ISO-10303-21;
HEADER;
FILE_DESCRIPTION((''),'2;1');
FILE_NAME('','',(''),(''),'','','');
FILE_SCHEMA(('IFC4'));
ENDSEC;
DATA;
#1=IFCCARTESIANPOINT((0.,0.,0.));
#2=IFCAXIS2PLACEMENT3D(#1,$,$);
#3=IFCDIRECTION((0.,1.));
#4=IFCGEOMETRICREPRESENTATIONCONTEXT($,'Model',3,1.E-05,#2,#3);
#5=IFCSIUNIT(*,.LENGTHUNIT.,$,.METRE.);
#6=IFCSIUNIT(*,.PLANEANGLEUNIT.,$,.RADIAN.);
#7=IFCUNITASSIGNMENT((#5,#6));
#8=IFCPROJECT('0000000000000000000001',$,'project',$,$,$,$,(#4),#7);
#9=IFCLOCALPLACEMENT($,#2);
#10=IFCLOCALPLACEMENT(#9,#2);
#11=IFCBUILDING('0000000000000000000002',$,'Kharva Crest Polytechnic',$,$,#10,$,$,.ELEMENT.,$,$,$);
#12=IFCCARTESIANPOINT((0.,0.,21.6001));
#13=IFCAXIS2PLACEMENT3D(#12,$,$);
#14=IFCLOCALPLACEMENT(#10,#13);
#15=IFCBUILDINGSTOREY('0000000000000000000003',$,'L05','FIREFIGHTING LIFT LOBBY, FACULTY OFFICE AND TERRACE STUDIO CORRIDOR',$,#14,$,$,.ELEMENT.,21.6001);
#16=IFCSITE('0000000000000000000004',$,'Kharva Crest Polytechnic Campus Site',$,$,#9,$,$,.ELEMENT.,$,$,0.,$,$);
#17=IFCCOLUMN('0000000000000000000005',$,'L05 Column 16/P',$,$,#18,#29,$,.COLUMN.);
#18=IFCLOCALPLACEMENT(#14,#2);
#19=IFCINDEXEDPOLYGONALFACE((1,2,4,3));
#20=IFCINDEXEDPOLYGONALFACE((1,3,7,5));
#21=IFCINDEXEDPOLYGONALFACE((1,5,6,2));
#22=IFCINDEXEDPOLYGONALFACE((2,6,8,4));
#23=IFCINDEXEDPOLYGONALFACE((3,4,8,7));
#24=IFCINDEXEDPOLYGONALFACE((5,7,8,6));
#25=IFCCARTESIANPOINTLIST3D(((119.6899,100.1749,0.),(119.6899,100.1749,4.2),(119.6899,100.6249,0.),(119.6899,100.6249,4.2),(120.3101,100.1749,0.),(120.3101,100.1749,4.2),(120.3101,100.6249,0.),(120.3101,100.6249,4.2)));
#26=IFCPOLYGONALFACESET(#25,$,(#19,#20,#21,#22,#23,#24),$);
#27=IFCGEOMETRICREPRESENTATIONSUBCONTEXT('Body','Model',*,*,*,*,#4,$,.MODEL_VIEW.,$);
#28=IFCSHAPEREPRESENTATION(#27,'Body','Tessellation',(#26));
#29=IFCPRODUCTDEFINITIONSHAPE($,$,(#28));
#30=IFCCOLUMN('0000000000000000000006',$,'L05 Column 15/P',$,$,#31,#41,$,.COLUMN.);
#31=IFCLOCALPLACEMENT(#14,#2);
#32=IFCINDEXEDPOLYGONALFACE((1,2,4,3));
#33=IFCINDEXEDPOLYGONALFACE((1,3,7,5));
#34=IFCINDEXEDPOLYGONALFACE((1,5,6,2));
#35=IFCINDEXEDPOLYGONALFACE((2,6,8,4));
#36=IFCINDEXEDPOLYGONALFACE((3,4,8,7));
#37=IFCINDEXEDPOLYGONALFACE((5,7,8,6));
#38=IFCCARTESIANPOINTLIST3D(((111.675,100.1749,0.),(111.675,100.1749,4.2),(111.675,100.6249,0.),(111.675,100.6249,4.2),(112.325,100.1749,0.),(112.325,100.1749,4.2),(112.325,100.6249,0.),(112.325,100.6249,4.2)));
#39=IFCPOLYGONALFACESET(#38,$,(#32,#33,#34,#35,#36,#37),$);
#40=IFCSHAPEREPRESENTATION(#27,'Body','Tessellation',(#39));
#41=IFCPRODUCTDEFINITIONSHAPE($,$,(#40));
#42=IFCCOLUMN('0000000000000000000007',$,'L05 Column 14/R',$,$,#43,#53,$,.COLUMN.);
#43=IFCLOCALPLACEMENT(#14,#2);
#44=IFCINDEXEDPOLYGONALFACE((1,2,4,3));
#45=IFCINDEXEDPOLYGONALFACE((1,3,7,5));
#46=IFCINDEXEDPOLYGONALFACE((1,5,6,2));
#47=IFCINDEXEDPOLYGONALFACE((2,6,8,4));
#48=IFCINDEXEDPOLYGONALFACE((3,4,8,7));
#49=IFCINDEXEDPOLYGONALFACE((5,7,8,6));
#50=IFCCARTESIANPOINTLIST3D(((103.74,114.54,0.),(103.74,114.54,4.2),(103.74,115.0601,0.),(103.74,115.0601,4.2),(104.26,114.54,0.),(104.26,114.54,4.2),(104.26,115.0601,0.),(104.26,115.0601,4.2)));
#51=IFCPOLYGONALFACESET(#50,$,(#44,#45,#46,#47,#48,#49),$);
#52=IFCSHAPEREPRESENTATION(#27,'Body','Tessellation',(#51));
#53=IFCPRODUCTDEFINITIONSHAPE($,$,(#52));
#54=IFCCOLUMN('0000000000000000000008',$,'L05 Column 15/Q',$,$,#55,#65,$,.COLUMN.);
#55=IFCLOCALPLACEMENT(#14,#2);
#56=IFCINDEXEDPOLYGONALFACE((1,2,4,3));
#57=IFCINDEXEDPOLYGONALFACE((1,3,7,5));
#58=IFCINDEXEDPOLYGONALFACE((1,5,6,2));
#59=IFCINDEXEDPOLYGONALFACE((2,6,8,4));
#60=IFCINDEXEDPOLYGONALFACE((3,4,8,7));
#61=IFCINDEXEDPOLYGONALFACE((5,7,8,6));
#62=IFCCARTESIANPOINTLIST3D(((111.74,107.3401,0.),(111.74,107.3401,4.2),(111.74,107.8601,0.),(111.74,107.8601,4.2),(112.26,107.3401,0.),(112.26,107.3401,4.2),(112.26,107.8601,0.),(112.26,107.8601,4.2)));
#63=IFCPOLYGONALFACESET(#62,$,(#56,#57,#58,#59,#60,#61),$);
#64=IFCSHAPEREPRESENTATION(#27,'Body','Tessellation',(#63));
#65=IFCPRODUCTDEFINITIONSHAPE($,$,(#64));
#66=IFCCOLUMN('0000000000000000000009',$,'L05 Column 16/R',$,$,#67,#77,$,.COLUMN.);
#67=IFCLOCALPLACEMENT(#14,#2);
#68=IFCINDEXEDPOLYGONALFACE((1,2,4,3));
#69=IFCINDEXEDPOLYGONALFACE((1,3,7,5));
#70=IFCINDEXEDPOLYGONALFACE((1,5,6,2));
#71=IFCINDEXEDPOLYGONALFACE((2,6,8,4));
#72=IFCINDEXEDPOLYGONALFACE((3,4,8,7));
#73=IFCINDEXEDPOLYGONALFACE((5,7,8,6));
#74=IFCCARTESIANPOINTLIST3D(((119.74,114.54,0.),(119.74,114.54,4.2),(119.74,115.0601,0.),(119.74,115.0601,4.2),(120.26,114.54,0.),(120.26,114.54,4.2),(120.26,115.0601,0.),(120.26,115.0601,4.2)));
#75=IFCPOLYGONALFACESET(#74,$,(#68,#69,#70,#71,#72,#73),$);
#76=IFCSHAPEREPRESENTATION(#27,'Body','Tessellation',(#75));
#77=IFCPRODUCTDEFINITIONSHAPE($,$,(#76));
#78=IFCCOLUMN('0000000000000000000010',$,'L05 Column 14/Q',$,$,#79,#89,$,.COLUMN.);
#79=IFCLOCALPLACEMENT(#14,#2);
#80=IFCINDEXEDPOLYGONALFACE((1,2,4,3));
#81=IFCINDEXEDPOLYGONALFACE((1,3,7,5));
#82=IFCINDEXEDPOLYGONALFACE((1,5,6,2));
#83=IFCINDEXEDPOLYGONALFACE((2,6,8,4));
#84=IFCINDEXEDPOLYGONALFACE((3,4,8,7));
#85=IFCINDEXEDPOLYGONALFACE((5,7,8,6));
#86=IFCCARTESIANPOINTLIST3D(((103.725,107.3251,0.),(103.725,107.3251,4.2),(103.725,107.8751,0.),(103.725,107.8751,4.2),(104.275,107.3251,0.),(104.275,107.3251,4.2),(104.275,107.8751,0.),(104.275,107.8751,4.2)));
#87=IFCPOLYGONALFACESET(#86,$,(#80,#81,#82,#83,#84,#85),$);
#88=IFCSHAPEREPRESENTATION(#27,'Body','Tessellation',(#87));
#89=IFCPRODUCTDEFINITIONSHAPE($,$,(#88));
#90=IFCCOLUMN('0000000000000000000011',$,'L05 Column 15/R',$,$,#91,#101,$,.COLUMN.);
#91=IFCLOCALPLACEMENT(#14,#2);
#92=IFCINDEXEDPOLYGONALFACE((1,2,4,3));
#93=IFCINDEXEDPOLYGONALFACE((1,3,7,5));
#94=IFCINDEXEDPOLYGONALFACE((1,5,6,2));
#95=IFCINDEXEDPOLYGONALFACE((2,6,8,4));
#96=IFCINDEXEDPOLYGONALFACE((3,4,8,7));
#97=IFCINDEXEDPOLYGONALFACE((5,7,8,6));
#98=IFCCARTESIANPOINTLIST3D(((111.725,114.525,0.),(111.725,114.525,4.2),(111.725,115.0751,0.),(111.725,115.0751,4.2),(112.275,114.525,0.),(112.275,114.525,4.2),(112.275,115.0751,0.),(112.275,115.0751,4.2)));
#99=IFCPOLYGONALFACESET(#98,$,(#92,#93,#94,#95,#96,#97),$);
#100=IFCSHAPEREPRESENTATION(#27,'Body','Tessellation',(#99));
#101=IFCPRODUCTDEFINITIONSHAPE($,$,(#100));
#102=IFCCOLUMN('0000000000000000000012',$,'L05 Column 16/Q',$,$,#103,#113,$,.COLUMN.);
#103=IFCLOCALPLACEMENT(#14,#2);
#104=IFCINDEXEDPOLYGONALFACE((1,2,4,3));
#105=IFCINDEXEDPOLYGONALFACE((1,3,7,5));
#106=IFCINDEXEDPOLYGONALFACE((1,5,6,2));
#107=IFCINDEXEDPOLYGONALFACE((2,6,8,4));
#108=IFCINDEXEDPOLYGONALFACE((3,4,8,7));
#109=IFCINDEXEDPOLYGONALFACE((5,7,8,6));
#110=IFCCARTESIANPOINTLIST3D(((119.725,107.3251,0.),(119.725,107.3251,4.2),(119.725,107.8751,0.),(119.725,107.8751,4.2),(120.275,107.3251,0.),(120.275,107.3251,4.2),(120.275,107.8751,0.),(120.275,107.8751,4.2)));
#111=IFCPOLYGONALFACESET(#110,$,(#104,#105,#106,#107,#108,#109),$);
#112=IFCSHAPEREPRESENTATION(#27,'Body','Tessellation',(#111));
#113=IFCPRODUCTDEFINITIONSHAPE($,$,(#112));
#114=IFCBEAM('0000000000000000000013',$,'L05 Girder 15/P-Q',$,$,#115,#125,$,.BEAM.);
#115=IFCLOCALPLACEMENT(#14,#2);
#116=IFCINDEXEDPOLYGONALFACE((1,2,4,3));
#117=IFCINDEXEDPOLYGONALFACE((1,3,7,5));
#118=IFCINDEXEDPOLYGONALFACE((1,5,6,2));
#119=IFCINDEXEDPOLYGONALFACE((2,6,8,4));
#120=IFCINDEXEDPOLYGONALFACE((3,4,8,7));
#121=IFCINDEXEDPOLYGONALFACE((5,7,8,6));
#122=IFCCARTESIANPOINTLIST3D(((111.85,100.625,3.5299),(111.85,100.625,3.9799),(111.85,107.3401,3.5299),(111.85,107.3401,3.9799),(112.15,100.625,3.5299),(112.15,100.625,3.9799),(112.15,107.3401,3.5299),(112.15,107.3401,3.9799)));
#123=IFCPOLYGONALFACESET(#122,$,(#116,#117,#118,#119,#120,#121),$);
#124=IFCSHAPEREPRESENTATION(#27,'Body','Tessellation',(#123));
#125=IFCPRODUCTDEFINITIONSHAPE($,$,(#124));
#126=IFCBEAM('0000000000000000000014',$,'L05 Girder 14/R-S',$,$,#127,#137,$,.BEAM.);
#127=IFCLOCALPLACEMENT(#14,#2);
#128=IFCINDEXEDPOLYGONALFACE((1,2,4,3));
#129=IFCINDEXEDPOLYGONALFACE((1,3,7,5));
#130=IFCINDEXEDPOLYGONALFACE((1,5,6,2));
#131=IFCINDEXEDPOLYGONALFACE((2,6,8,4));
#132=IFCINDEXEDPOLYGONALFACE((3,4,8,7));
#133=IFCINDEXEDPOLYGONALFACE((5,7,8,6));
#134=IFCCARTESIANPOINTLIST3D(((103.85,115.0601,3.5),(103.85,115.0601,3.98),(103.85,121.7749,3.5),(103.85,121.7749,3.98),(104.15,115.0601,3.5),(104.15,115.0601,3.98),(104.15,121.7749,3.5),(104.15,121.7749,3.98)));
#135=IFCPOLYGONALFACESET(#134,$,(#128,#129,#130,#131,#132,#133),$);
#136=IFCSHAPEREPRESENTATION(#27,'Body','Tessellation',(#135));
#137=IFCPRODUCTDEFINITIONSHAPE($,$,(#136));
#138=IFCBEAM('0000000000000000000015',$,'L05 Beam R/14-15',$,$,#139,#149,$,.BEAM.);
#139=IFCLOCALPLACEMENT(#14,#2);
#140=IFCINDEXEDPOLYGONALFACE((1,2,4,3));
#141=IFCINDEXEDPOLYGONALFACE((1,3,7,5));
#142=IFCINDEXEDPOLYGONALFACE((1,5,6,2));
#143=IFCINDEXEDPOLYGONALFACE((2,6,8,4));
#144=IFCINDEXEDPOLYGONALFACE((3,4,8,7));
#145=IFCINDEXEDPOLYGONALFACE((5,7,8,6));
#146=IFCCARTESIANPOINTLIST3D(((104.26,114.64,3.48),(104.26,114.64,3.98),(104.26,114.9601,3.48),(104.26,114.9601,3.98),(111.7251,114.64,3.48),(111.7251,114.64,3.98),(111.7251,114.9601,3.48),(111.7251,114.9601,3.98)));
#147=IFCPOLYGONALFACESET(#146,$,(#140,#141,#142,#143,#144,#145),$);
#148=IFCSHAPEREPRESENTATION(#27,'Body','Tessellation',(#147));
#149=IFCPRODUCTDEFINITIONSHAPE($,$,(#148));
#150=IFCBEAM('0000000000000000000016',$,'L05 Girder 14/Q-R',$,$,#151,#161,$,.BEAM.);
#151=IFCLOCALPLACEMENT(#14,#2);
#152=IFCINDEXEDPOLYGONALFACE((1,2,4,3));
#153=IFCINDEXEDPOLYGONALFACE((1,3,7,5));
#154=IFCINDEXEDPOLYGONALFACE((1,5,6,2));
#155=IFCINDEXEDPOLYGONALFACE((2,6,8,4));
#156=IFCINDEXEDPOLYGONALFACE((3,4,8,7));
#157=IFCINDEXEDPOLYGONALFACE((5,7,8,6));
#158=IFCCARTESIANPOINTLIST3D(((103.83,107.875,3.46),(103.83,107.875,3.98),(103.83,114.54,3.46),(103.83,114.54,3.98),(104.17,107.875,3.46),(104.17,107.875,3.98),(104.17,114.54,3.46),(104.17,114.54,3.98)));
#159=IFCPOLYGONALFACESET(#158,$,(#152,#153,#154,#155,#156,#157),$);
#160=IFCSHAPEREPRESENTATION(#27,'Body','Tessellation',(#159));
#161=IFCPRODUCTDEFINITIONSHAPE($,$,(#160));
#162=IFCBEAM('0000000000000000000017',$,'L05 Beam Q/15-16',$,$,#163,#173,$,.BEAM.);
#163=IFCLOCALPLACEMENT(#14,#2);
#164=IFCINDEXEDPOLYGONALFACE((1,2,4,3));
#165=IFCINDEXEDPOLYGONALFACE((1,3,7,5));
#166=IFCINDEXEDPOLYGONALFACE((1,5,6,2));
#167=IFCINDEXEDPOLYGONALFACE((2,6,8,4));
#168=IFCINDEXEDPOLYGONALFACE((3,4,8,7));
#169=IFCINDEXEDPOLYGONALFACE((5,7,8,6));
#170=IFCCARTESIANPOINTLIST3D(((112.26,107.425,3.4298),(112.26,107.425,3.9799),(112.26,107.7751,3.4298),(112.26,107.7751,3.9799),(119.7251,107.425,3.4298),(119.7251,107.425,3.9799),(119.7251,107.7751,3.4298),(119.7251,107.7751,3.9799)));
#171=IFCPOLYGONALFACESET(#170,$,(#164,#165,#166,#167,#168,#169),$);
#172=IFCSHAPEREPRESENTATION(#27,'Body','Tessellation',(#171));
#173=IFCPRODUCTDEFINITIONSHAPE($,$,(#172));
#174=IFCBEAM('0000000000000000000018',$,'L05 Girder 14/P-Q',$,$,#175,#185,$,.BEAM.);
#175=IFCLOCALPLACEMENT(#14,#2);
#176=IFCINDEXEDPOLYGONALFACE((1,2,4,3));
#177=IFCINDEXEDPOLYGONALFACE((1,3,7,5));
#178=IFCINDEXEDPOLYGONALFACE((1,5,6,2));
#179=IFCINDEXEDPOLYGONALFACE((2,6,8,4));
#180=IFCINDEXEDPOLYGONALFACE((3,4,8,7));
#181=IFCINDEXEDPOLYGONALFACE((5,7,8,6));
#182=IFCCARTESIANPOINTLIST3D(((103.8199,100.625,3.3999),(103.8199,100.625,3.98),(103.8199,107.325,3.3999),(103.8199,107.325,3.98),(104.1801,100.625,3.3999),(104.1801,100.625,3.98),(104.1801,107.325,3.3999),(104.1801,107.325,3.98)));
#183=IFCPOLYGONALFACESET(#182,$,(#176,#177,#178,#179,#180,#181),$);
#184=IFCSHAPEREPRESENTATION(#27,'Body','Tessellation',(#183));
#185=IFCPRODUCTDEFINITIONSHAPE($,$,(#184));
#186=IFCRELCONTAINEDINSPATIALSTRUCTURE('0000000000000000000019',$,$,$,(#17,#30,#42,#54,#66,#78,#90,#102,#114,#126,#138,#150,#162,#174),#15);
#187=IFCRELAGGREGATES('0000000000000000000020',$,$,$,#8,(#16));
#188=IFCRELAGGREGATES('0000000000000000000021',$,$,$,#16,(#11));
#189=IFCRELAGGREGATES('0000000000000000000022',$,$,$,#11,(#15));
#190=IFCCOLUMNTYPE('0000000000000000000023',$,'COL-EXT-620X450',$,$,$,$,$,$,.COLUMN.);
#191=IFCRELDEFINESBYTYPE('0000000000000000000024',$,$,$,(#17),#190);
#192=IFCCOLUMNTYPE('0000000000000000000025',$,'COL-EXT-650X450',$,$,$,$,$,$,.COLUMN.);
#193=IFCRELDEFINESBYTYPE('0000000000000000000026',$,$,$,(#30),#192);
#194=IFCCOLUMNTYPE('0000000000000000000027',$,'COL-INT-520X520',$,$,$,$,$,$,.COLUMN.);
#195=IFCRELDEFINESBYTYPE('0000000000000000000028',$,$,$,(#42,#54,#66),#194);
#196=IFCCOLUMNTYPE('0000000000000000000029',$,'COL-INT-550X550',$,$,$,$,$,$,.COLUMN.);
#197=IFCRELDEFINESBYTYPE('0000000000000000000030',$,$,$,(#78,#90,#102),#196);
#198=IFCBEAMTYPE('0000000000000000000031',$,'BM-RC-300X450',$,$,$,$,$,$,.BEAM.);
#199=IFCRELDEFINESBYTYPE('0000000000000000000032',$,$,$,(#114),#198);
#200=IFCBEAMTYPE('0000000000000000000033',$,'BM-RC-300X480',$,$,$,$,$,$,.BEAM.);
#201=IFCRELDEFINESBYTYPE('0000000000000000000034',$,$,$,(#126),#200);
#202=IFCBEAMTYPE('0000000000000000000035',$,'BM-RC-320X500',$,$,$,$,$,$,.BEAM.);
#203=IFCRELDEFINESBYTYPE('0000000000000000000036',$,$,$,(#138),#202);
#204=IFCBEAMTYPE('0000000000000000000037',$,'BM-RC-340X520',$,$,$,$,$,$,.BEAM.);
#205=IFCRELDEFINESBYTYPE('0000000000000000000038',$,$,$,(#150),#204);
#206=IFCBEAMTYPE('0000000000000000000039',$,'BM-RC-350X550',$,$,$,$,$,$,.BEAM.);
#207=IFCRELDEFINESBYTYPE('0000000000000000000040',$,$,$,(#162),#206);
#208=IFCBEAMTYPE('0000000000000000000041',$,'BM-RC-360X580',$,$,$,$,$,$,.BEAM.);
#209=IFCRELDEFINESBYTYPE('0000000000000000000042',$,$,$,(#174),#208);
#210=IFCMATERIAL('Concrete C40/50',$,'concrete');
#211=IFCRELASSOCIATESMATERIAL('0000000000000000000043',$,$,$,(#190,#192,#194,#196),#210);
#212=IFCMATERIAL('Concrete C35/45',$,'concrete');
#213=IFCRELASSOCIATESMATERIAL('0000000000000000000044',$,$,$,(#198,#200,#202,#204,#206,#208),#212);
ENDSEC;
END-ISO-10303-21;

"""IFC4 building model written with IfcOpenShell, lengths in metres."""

from ifc_helpers import new_model, si_unit, direction, frame, origin, origin_2d, place, context, subcontext, project, spatial, rectangle, extrude, material, material_profile, profile_set, type_object, element, save


model = new_model("IFC4")

# Units and contexts
model_context = context("Model", 3, precision=1e-05, world=origin(), true_north=direction((0.0, 1.0)))
body_context = subcontext(model_context, "Body", "Model", "MODEL_VIEW")
ifc_project = project(units=[si_unit("LENGTHUNIT", "METRE"), si_unit("PLANEANGLEUNIT", "RADIAN")], contexts=[model_context])

# Site, building, storey
site_placement = place(None, origin())
site = spatial("IfcSite", under=ifc_project, at=site_placement, Name="Kharva Crest Polytechnic Campus Site", CompositionType="ELEMENT", RefElevation=0.0)
building_placement = place(site_placement, origin())
building = spatial("IfcBuilding", under=site, at=building_placement, Name="Kharva Crest Polytechnic", CompositionType="ELEMENT")
storey_placement = place(building_placement, frame((0.0, 0.0, 21.6001)))
storey = spatial("IfcBuildingStorey", under=building, at=storey_placement, Name="L05", Description="FIREFIGHTING LIFT LOBBY, FACULTY OFFICE AND TERRACE STUDIO CORRIDOR", CompositionType="ELEMENT", Elevation=21.6001)

# Columns
ifc_material_1 = material(Name="Concrete C40/50", Category="concrete")
ifc_material_profile_1 = material_profile(ifc_material_1, rectangle(XDim=0.6201, YDim=0.45, at=origin_2d()), Name="RECT 620 X 450")
ifc_profile_set_1 = profile_set([ifc_material_profile_1], Name="Concrete C40/50")
column_type_1 = type_object("IfcColumnType", Name="COL-EXT-620X450", PredefinedType="COLUMN", material=ifc_profile_set_1)
column_1_placement = place(storey_placement, frame((120.0, 100.3999, 0.0), z_axis=(0.0, 0.0, 1.0), x_axis=(1.0, 0.0, 0.0)))
element("IfcColumn", 1, at=column_1_placement, inside=storey, type_object=column_type_1, Name="L05 Column 16/P", PredefinedType="COLUMN", context=body_context, shape_type="SweptSolid", body=[
    extrude(rectangle(XDim=0.6201, YDim=0.45, at=origin_2d()), origin(), (0.0, 0.0, 1.0), 4.2),
])
ifc_material_profile_2 = material_profile(ifc_material_1, rectangle(XDim=0.6499, YDim=0.45, at=origin_2d()), Name="RECT 650 X 450")
ifc_profile_set_2 = profile_set([ifc_material_profile_2], Name="Concrete C40/50")
column_type_2 = type_object("IfcColumnType", Name="COL-EXT-650X450", PredefinedType="COLUMN", material=ifc_profile_set_2)
column_2_placement = place(storey_placement, frame((112.0, 100.3999, 0.0), z_axis=(0.0, 0.0, 1.0), x_axis=(1.0, 0.0, 0.0)))
element("IfcColumn", 2, at=column_2_placement, inside=storey, type_object=column_type_2, Name="L05 Column 15/P", PredefinedType="COLUMN", context=body_context, shape_type="SweptSolid", body=[
    extrude(rectangle(XDim=0.6499, YDim=0.45, at=origin_2d()), origin(), (0.0, 0.0, 1.0), 4.2),
])
ifc_material_profile_3 = material_profile(ifc_material_1, rectangle(XDim=0.52, YDim=0.52, at=origin_2d()), Name="RECT 520 X 520")
ifc_profile_set_3 = profile_set([ifc_material_profile_3], Name="Concrete C40/50")
column_type_3 = type_object("IfcColumnType", Name="COL-INT-520X520", PredefinedType="COLUMN", material=ifc_profile_set_3)
for number, where, z_axis, x_axis, name in (
    (3, (104.0, 114.8, 0.0), (0.0, 0.0, 1.0), (1.0, 0.0, 0.0), "L05 Column 14/R"),
    (4, (112.0, 107.6001, 0.0), (0.0, 0.0, 1.0), (1.0, 0.0, 0.0), "L05 Column 15/Q"),
    (5, (120.0, 114.8, 0.0), (0.0, 0.0, 1.0), (1.0, 0.0, 0.0), "L05 Column 16/R"),
):
    element("IfcColumn", number, at=place(storey_placement, frame(where, z_axis=z_axis, x_axis=x_axis)), inside=storey, type_object=column_type_3, Name=name, PredefinedType="COLUMN", context=body_context, shape_type="SweptSolid", body=[
        extrude(rectangle(XDim=0.52, YDim=0.52, at=origin_2d()), origin(), (0.0, 0.0, 1.0), 4.2),
    ])
ifc_material_profile_4 = material_profile(ifc_material_1, rectangle(XDim=0.55, YDim=0.55, at=origin_2d()), Name="RECT 550 X 550")
ifc_profile_set_4 = profile_set([ifc_material_profile_4], Name="Concrete C40/50")
column_type_4 = type_object("IfcColumnType", Name="COL-INT-550X550", PredefinedType="COLUMN", material=ifc_profile_set_4)
for number, where, z_axis, x_axis, name in (
    (6, (104.0, 107.6001, 0.0), (0.0, 0.0, 1.0), (1.0, 0.0, 0.0), "L05 Column 14/Q"),
    (7, (112.0, 114.8, 0.0), (0.0, 0.0, 1.0), (1.0, 0.0, 0.0), "L05 Column 15/R"),
    (8, (120.0, 107.6001, 0.0), (0.0, 0.0, 1.0), (1.0, 0.0, 0.0), "L05 Column 16/Q"),
):
    element("IfcColumn", number, at=place(storey_placement, frame(where, z_axis=z_axis, x_axis=x_axis)), inside=storey, type_object=column_type_4, Name=name, PredefinedType="COLUMN", context=body_context, shape_type="SweptSolid", body=[
        extrude(rectangle(XDim=0.55, YDim=0.55, at=origin_2d()), origin(), (0.0, 0.0, 1.0), 4.2),
    ])

# Beams
ifc_material_2 = material(Name="Concrete C35/45", Category="concrete")
ifc_material_profile_5 = material_profile(ifc_material_2, rectangle(XDim=0.3, YDim=0.45, at=origin_2d()), Name="RECT 300 X 450")
ifc_profile_set_5 = profile_set([ifc_material_profile_5], Name="Concrete C35/45")
beam_type_1 = type_object("IfcBeamType", Name="BM-RC-300X450", PredefinedType="BEAM", material=ifc_profile_set_5)
beam_1_placement = place(storey_placement, frame((112.0, 100.625, 3.7549), z_axis=(0.0, 1.0, 0.0), x_axis=(-1.0, 0.0, 0.0)))
element("IfcBeam", 9, at=beam_1_placement, inside=storey, type_object=beam_type_1, Name="L05 Girder 15/P-Q", PredefinedType="BEAM", context=body_context, shape_type="SweptSolid", body=[
    extrude(rectangle(XDim=0.3, YDim=0.45, at=origin_2d()), origin(), (0.0, 0.0, 1.0), 6.7151),
])
ifc_material_profile_6 = material_profile(ifc_material_2, rectangle(XDim=0.3, YDim=0.48, at=origin_2d()), Name="RECT 300 X 480")
ifc_profile_set_6 = profile_set([ifc_material_profile_6], Name="Concrete C35/45")
beam_type_2 = type_object("IfcBeamType", Name="BM-RC-300X480", PredefinedType="BEAM", material=ifc_profile_set_6)
beam_2_placement = place(storey_placement, frame((104.0, 115.0601, 3.74), z_axis=(0.0, 1.0, 0.0), x_axis=(-1.0, 0.0, 0.0)))
element("IfcBeam", 10, at=beam_2_placement, inside=storey, type_object=beam_type_2, Name="L05 Girder 14/R-S", PredefinedType="BEAM", context=body_context, shape_type="SweptSolid", body=[
    extrude(rectangle(XDim=0.3, YDim=0.48, at=origin_2d()), origin(), (0.0, 0.0, 1.0), 6.7148),
])
ifc_material_profile_7 = material_profile(ifc_material_2, rectangle(XDim=0.3201, YDim=0.5, at=origin_2d()), Name="RECT 320 X 500")
ifc_profile_set_7 = profile_set([ifc_material_profile_7], Name="Concrete C35/45")
beam_type_3 = type_object("IfcBeamType", Name="BM-RC-320X500", PredefinedType="BEAM", material=ifc_profile_set_7)
beam_3_placement = place(storey_placement, frame((104.26, 114.8, 3.73), z_axis=(1.0, 0.0, 0.0), x_axis=(0.0, 1.0, 0.0)))
element("IfcBeam", 11, at=beam_3_placement, inside=storey, type_object=beam_type_3, Name="L05 Beam R/14-15", PredefinedType="BEAM", context=body_context, shape_type="SweptSolid", body=[
    extrude(rectangle(XDim=0.3201, YDim=0.5, at=origin_2d()), origin(), (0.0, 0.0, 1.0), 7.4651),
])
ifc_material_profile_8 = material_profile(ifc_material_2, rectangle(XDim=0.3401, YDim=0.52, at=origin_2d()), Name="RECT 340 X 520")
ifc_profile_set_8 = profile_set([ifc_material_profile_8], Name="Concrete C35/45")
beam_type_4 = type_object("IfcBeamType", Name="BM-RC-340X520", PredefinedType="BEAM", material=ifc_profile_set_8)
beam_4_placement = place(storey_placement, frame((104.0, 107.875, 3.72), z_axis=(0.0, 1.0, 0.0), x_axis=(-1.0, 0.0, 0.0)))
element("IfcBeam", 12, at=beam_4_placement, inside=storey, type_object=beam_type_4, Name="L05 Girder 14/Q-R", PredefinedType="BEAM", context=body_context, shape_type="SweptSolid", body=[
    extrude(rectangle(XDim=0.3401, YDim=0.52, at=origin_2d()), origin(), (0.0, 0.0, 1.0), 6.665),
])
ifc_material_profile_9 = material_profile(ifc_material_2, rectangle(XDim=0.3501, YDim=0.55, at=origin_2d()), Name="RECT 350 X 550")
ifc_profile_set_9 = profile_set([ifc_material_profile_9], Name="Concrete C35/45")
beam_type_5 = type_object("IfcBeamType", Name="BM-RC-350X550", PredefinedType="BEAM", material=ifc_profile_set_9)
beam_5_placement = place(storey_placement, frame((112.26, 107.6001, 3.7048), z_axis=(1.0, 0.0, 0.0), x_axis=(0.0, 1.0, 0.0)))
element("IfcBeam", 13, at=beam_5_placement, inside=storey, type_object=beam_type_5, Name="L05 Beam Q/15-16", PredefinedType="BEAM", context=body_context, shape_type="SweptSolid", body=[
    extrude(rectangle(XDim=0.3501, YDim=0.55, at=origin_2d()), origin(), (0.0, 0.0, 1.0), 7.4651),
])
ifc_material_profile_10 = material_profile(ifc_material_2, rectangle(XDim=0.3601, YDim=0.5801, at=origin_2d()), Name="RECT 360 X 580")
ifc_profile_set_10 = profile_set([ifc_material_profile_10], Name="Concrete C35/45")
beam_type_6 = type_object("IfcBeamType", Name="BM-RC-360X580", PredefinedType="BEAM", material=ifc_profile_set_10)
beam_6_placement = place(storey_placement, frame((104.0, 100.625, 3.6899), z_axis=(0.0, 1.0, 0.0), x_axis=(-1.0, 0.0, 0.0)))
element("IfcBeam", 14, at=beam_6_placement, inside=storey, type_object=beam_type_6, Name="L05 Girder 14/P-Q", PredefinedType="BEAM", context=body_context, shape_type="SweptSolid", body=[
    extrude(rectangle(XDim=0.3601, YDim=0.5801, at=origin_2d()), origin(), (0.0, 0.0, 1.0), 6.7),
])

save(model, "model.ifc")
